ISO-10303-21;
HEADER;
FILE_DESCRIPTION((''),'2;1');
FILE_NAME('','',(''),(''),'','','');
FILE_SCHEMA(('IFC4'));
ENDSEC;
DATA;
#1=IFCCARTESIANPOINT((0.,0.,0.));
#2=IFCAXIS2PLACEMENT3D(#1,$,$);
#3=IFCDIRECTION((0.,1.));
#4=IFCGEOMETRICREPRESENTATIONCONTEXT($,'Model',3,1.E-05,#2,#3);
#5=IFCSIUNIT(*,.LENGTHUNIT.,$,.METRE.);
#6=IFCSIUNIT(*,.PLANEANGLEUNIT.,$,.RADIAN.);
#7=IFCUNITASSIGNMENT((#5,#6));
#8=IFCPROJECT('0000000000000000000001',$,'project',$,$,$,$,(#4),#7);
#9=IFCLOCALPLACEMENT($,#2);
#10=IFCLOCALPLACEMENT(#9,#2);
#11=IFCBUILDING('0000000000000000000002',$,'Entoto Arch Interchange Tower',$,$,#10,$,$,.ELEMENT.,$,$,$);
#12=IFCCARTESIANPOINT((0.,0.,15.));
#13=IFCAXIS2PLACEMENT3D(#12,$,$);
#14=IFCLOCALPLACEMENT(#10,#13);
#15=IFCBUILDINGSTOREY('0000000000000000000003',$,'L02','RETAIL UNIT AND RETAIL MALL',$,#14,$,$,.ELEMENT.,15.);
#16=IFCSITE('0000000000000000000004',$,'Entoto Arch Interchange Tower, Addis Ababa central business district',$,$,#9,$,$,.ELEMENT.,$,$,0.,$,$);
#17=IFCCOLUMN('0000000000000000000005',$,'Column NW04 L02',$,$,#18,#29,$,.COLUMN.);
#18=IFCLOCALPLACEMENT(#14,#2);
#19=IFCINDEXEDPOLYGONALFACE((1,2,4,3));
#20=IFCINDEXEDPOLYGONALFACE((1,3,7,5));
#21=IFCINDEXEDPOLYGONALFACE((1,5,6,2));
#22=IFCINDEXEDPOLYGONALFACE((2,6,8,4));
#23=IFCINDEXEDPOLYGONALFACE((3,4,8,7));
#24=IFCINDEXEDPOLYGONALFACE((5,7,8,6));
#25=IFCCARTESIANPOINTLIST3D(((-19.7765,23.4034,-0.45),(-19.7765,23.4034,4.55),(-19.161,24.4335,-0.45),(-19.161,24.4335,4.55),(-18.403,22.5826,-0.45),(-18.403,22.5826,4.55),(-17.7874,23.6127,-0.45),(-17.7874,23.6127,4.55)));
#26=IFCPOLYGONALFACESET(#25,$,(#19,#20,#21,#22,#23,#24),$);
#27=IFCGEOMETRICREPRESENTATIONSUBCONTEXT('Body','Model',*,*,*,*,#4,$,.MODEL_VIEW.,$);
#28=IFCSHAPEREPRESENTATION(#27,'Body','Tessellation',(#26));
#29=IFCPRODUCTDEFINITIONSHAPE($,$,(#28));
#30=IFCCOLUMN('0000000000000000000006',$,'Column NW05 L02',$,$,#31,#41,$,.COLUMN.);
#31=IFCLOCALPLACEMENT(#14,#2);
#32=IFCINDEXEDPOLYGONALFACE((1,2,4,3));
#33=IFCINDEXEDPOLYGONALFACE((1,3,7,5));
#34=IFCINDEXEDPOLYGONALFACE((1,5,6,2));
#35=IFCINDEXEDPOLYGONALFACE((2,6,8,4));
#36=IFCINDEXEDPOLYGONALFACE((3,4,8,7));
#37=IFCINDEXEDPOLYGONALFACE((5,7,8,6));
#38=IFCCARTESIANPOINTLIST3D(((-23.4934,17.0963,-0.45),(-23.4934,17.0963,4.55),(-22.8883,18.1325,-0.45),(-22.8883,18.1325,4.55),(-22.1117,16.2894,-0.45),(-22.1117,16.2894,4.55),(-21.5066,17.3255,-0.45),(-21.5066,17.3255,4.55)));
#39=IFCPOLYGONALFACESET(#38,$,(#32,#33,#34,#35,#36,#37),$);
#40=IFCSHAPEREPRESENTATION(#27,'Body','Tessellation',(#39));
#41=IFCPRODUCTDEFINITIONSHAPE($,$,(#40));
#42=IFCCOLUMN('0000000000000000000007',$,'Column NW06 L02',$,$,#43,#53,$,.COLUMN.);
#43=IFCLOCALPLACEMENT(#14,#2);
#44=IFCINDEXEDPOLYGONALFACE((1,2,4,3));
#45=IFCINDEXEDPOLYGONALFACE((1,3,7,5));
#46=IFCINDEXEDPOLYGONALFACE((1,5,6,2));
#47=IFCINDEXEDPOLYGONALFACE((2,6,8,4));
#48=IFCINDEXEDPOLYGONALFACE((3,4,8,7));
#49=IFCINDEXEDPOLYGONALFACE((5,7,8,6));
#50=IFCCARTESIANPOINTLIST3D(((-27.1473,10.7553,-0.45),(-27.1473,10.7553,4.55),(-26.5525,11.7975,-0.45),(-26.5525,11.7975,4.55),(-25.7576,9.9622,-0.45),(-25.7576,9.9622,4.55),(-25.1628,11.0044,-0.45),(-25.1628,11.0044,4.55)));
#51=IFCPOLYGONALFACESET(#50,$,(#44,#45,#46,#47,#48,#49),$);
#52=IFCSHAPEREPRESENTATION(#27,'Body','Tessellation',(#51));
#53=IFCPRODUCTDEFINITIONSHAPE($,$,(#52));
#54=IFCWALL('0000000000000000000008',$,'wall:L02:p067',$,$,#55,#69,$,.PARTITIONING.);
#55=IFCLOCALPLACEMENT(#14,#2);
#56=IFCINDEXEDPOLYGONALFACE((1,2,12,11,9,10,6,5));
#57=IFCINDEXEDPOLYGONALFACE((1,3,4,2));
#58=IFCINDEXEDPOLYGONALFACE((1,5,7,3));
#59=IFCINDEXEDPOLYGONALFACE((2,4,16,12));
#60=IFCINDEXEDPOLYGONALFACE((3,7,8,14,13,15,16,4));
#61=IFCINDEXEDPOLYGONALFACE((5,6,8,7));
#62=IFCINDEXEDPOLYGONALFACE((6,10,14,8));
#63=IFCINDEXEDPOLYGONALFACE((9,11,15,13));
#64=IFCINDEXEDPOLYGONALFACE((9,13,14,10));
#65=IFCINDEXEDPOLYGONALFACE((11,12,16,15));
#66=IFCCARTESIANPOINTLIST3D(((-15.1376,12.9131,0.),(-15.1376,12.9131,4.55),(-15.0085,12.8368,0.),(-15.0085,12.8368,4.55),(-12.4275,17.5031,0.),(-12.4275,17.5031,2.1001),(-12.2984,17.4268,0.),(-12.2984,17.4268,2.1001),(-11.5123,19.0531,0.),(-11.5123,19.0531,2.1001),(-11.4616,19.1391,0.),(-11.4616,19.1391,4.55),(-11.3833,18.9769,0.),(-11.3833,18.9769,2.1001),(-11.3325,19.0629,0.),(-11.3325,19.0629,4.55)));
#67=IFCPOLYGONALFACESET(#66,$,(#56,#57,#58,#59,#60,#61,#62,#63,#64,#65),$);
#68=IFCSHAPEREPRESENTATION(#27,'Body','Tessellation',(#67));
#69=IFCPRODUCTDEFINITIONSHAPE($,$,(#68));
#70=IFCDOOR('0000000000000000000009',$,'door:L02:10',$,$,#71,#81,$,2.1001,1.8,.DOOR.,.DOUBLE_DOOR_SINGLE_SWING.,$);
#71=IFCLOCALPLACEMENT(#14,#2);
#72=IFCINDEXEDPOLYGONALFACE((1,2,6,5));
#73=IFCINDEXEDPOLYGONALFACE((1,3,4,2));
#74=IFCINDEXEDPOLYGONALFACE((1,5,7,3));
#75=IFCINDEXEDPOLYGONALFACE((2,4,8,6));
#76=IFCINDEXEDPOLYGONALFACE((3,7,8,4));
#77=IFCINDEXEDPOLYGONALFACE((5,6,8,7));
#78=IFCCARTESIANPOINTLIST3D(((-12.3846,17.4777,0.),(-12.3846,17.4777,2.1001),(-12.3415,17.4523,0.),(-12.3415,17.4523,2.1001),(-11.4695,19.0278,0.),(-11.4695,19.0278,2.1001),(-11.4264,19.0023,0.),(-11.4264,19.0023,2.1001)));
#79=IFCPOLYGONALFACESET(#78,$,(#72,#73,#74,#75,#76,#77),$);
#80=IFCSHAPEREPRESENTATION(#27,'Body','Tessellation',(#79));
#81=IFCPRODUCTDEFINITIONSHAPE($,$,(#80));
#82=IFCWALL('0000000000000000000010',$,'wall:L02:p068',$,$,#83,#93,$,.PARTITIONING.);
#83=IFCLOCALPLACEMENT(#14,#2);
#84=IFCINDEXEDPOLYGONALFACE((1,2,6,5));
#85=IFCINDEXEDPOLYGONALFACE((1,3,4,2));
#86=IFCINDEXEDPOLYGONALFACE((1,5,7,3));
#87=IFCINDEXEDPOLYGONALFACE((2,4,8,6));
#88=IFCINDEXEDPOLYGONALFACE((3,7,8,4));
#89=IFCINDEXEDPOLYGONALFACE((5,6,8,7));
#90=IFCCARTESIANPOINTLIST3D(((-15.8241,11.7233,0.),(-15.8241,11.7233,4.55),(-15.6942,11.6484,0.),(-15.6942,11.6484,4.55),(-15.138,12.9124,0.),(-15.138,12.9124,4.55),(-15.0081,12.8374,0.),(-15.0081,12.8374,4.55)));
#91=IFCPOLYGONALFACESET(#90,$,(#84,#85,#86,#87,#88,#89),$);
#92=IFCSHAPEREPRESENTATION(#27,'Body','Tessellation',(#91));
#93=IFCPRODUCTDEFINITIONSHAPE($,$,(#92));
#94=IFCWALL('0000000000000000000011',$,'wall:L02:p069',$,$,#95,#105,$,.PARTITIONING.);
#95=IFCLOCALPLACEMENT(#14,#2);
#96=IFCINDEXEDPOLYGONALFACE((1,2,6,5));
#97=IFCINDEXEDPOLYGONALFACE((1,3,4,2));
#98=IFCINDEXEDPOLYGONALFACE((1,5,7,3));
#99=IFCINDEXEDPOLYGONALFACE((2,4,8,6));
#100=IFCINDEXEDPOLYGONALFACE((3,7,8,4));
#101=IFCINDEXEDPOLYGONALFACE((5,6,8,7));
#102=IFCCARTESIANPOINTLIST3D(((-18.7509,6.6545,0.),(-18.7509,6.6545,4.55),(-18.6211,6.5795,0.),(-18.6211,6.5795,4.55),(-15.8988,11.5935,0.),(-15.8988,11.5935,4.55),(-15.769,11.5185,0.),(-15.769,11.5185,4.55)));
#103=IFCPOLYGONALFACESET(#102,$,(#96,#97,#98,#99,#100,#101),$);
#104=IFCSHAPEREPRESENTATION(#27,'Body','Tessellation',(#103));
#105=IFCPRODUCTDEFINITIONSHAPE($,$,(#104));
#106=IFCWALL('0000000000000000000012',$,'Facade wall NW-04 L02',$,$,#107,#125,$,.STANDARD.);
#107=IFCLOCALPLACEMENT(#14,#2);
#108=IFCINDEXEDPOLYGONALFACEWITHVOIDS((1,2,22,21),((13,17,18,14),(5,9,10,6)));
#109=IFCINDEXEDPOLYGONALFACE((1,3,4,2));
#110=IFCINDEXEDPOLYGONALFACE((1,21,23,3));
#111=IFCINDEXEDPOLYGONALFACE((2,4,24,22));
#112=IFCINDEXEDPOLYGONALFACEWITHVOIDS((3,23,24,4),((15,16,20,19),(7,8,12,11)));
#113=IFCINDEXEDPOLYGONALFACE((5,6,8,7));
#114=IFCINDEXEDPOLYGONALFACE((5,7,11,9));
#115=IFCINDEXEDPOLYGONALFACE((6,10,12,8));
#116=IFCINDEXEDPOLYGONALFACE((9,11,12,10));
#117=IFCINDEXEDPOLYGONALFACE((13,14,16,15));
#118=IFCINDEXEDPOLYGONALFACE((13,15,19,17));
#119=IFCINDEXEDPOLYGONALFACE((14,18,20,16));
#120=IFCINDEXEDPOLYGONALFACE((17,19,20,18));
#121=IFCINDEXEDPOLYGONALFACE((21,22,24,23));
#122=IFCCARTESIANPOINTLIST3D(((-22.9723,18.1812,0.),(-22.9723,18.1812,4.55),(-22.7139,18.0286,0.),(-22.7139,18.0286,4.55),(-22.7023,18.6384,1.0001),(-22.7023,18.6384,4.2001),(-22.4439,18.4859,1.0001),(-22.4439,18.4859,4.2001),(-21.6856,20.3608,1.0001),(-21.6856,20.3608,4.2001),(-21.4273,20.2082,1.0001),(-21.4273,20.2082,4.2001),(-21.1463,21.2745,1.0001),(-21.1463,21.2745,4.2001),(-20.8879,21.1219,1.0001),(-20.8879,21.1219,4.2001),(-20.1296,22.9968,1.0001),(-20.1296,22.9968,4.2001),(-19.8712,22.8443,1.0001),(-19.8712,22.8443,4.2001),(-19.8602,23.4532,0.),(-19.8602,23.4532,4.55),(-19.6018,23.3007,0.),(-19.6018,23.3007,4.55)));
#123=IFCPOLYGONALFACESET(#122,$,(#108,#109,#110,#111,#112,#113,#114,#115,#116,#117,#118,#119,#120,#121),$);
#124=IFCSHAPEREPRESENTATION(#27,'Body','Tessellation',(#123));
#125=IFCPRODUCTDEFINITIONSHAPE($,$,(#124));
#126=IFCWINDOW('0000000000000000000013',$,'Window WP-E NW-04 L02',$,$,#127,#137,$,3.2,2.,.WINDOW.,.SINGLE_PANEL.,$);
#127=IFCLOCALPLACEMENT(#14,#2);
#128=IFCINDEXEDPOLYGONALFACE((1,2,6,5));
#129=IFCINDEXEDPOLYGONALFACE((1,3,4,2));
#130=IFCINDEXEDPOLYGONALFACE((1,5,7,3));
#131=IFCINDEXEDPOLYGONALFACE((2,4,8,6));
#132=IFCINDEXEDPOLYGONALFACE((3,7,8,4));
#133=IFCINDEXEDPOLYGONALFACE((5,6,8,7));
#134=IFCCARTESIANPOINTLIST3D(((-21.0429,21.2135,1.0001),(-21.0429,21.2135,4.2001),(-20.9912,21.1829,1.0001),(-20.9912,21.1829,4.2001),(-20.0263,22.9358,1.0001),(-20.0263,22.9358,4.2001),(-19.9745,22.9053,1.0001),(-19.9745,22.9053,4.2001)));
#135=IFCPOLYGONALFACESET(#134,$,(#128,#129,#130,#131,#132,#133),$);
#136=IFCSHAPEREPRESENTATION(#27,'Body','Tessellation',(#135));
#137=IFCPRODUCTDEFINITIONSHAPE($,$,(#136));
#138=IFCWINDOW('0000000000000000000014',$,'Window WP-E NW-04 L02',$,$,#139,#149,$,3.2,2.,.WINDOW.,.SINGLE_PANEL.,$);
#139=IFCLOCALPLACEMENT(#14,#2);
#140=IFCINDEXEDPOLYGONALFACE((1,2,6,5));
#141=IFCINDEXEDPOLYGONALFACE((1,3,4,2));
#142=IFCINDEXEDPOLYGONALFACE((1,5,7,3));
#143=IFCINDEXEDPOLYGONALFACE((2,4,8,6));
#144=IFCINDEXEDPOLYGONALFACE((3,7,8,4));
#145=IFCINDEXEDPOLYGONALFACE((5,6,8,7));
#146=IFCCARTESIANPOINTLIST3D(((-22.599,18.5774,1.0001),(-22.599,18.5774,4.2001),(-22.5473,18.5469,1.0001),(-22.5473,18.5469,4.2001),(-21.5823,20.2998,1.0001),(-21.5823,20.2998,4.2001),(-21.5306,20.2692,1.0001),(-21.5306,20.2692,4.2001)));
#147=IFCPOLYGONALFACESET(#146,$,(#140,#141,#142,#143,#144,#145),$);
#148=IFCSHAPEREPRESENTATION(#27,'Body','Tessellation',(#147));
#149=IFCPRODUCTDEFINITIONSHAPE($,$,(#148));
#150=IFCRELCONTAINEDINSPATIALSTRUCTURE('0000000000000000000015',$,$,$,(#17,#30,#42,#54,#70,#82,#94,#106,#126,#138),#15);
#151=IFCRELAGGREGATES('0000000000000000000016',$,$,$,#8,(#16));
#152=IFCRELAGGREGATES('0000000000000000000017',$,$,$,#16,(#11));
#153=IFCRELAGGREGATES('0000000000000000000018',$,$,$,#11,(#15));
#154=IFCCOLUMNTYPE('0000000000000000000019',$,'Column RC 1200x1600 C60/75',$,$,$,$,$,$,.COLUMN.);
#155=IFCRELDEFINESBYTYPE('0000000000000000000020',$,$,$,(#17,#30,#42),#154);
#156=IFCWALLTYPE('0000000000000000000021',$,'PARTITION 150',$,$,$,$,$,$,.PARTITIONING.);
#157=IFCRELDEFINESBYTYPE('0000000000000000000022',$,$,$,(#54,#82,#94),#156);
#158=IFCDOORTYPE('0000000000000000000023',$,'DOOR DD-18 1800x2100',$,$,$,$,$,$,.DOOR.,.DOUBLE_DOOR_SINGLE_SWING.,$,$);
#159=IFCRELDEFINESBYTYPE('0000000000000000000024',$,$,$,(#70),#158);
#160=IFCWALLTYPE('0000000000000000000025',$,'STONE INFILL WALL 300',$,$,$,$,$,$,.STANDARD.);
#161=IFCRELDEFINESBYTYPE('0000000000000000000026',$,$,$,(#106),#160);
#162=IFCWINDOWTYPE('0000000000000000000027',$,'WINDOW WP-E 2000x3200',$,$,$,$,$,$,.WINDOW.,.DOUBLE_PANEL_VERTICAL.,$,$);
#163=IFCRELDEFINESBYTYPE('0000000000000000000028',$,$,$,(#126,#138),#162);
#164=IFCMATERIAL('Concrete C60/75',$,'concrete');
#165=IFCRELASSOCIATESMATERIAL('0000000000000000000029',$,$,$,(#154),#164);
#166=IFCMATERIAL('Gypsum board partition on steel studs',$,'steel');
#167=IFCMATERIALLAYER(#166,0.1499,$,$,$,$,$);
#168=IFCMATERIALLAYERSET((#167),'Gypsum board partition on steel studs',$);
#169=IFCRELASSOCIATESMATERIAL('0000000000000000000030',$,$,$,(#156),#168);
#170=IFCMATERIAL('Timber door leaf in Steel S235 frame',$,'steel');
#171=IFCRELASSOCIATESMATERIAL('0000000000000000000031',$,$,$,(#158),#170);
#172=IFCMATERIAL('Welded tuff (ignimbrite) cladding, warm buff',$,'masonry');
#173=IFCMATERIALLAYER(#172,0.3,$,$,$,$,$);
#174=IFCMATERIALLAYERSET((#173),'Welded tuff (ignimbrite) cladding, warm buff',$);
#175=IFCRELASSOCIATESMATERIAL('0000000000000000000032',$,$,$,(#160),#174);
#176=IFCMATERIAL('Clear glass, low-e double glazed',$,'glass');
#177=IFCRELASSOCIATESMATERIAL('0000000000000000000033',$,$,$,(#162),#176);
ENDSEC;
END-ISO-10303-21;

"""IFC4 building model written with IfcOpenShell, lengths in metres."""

from ifc_helpers import new_model, si_unit, direction, frame, frame_2d, origin, origin_2d, place, context, subcontext, project, spatial, rectangle, extrude, material, layer, layer_set, material_profile, profile_set, type_object, element, fill, save


model = new_model("IFC4")

# Units and contexts
model_context = context("Model", 3, precision=1e-05, world=origin(), true_north=direction((0.0, 1.0)))
body_context = subcontext(model_context, "Body", "Model", "MODEL_VIEW")
ifc_project = project(units=[si_unit("LENGTHUNIT", "METRE"), si_unit("PLANEANGLEUNIT", "RADIAN")], contexts=[model_context])

# Site, building, storey
site_placement = place(None, origin())
site = spatial("IfcSite", under=ifc_project, at=site_placement, Name="Entoto Arch Interchange Tower, Addis Ababa central business district", CompositionType="ELEMENT", RefElevation=0.0)
building_placement = place(site_placement, origin())
building = spatial("IfcBuilding", under=site, at=building_placement, Name="Entoto Arch Interchange Tower", CompositionType="ELEMENT")
storey_placement = place(building_placement, frame((0.0, 0.0, 15.0)))
storey = spatial("IfcBuildingStorey", under=building, at=storey_placement, Name="L02", Description="RETAIL UNIT AND RETAIL MALL", CompositionType="ELEMENT", Elevation=15.0)

# Columns
ifc_material_1 = material(Name="Concrete C60/75", Category="concrete")
ifc_material_profile = material_profile(ifc_material_1, rectangle(XDim=1.2, YDim=1.6001, at=origin_2d()))
ifc_profile_set = profile_set([ifc_material_profile], Name="Concrete C60/75")
column_type = type_object("IfcColumnType", Name="Column RC 1200x1600 C60/75", PredefinedType="COLUMN", material=ifc_profile_set)
for number, where, z_axis, x_axis, name in (
    (1, (-18.782, 23.5081, -0.45), (0.0, 0.0, 1.0), (0.512972, 0.858405, 0.0), "Column NW04 L02"),
    (2, (-22.5, 17.2109, -0.45), (0.0, 0.0, 1.0), (0.504332, 0.86351, 0.0), "Column NW05 L02"),
    (3, (-26.155, 10.8799, -0.45), (0.0, 0.0, 1.0), (0.495656, 0.868519, 0.0), "Column NW06 L02"),
):
    element("IfcColumn", number, at=place(storey_placement, frame(where, z_axis=z_axis, x_axis=x_axis)), inside=storey, type_object=column_type, Name=name, PredefinedType="COLUMN", context=body_context, shape_type="SweptSolid", body=[
        extrude(rectangle(XDim=1.2, YDim=1.6001, at=origin_2d()), origin(), (0.0, 0.0, 1.0), 5.0),
    ])

# Wall, opening, door
ifc_material_2 = material(Name="Gypsum board partition on steel studs", Category="steel")
ifc_layer_1 = layer(ifc_material_2, 0.1499)
ifc_layer_set_1 = layer_set([ifc_layer_1], Name="Gypsum board partition on steel studs")
wall_type_1 = type_object("IfcWallType", Name="PARTITION 150", PredefinedType="PARTITIONING", material=ifc_layer_set_1)
wall_1_placement = place(storey_placement, frame((-11.397, 19.1011, 0.0), z_axis=(0.0, 0.0, 1.0), x_axis=(-0.50842, -0.861109, 0.0)))
wall_1 = element("IfcWall", 4, at=wall_1_placement, inside=storey, type_object=wall_type_1, Name="wall:L02:p067", PredefinedType="PARTITIONING", context=body_context, shape_type="SweptSolid", body=[
    extrude(rectangle(XDim=7.2302, YDim=0.1499, at=frame_2d((3.6152, 0.0))), origin(), (0.0, 0.0, 1.0), 4.55),
])
opening_1_placement = place(wall_1_placement, frame((0.1001, 0.0, 0.0)))
opening_1 = element("IfcOpeningElement", 5, at=opening_1_placement, cuts=wall_1, PredefinedType="OPENING", context=body_context, shape_type="SweptSolid", body=[
    extrude(rectangle(XDim=1.8, YDim=2.1001, at=frame_2d((0.8999, 1.05))), frame((0.0, 0.085, 0.0), z_axis=(0.0, -1.0, 0.0), x_axis=(1.0, 0.0, 0.0)), (0.0, 0.0, 1.0), 0.1699),
])
ifc_material_3 = material(Name="Timber door leaf in Steel S235 frame", Category="steel")
door_type = type_object("IfcDoorType", Name="DOOR DD-18 1800x2100", OperationType="DOUBLE_DOOR_SINGLE_SWING", PredefinedType="DOOR", material=ifc_material_3)
door_placement = place(opening_1_placement, origin())
door = element("IfcDoor", 6, at=door_placement, inside=storey, type_object=door_type, Name="door:L02:10", OperationType="DOUBLE_DOOR_SINGLE_SWING", OverallHeight=2.1001, OverallWidth=1.8, PredefinedType="DOOR", context=body_context, shape_type="SweptSolid", body=[
    extrude(rectangle(XDim=1.8, YDim=2.1001, at=frame_2d((0.8999, 1.05))), frame((0.0, 0.0249, 0.0), z_axis=(0.0, -1.0, 0.0), x_axis=(1.0, 0.0, 0.0)), (0.0, 0.0, 1.0), 0.05),
])
fill(opening_1, door)

# Walls
wall_2_placement = place(storey_placement, frame((-15.073, 12.875, 0.0), z_axis=(0.0, 0.0, 1.0), x_axis=(-0.499774, -0.866156, 0.0)))
element("IfcWall", 7, at=wall_2_placement, inside=storey, type_object=wall_type_1, Name="wall:L02:p068", PredefinedType="PARTITIONING", context=body_context, shape_type="SweptSolid", body=[
    extrude(rectangle(XDim=1.3728, YDim=0.1499, at=frame_2d((0.6865, 0.0))), origin(), (0.0, 0.0, 1.0), 4.55),
])
wall_3_placement = place(storey_placement, frame((-15.834, 11.5559, 0.0), z_axis=(0.0, 0.0, 1.0), x_axis=(-0.500071, -0.865985, 0.0)))
element("IfcWall", 8, at=wall_3_placement, inside=storey, type_object=wall_type_1, Name="wall:L02:p069", PredefinedType="PARTITIONING", context=body_context, shape_type="SweptSolid", body=[
    extrude(rectangle(XDim=5.7034, YDim=0.1499, at=frame_2d((2.8516, 0.0))), origin(), (0.0, 0.0, 1.0), 4.55),
])

# Wall, openings, windows
ifc_material_4 = material(Name="Welded tuff (ignimbrite) cladding, warm buff", Category="masonry")
ifc_layer_2 = layer(ifc_material_4, 0.3)
ifc_layer_set_2 = layer_set([ifc_layer_2], Name="Welded tuff (ignimbrite) cladding, warm buff")
wall_type_2 = type_object("IfcWallType", Name="STONE INFILL WALL 300", PredefinedType="STANDARD", material=ifc_layer_set_2)
wall_4_placement = place(storey_placement, frame((-19.731, 23.377, 0.0), z_axis=(0.0, 0.0, 1.0), x_axis=(-0.508342, -0.861155, 0.0)))
wall_4 = element("IfcWall", 9, at=wall_4_placement, inside=storey, type_object=wall_type_2, Name="Facade wall NW-04 L02", PredefinedType="STANDARD", context=body_context, shape_type="SweptSolid", body=[
    extrude(rectangle(XDim=6.1221, YDim=0.3, at=frame_2d((3.061, 0.0))), origin(), (0.0, 0.0, 1.0), 4.55),
])
opening_2_placement = place(wall_4_placement, frame((0.53, 0.0, 1.0)))
opening_2 = element("IfcOpeningElement", 10, at=opening_2_placement, cuts=wall_4, PredefinedType="OPENING", context=body_context, shape_type="SweptSolid", body=[
    extrude(rectangle(XDim=2.0, YDim=3.2, at=frame_2d((1.0, 1.6001))), frame((0.0, 0.1602, 0.0), z_axis=(0.0, -1.0, 0.0), x_axis=(1.0, 0.0, 0.0)), (0.0, 0.0, 1.0), 0.3201),
])
opening_3_placement = place(wall_4_placement, frame((3.5911, 0.0, 1.0)))
opening_3 = element("IfcOpeningElement", 11, at=opening_3_placement, cuts=wall_4, PredefinedType="OPENING", context=body_context, shape_type="SweptSolid", body=[
    extrude(rectangle(XDim=2.0, YDim=3.2, at=frame_2d((1.0, 1.6001))), frame((0.0, 0.1602, 0.0), z_axis=(0.0, -1.0, 0.0), x_axis=(1.0, 0.0, 0.0)), (0.0, 0.0, 1.0), 0.3201),
])
ifc_material_5 = material(Name="Clear glass, low-e double glazed", Category="glass")
window_type = type_object("IfcWindowType", Name="WINDOW WP-E 2000x3200", PartitioningType="DOUBLE_PANEL_VERTICAL", PredefinedType="WINDOW", material=ifc_material_5)
window_1_placement = place(opening_2_placement, origin())
window_1 = element("IfcWindow", 12, at=window_1_placement, inside=storey, type_object=window_type, Name="Window WP-E NW-04 L02", OverallHeight=3.2, OverallWidth=2.0, PartitioningType="SINGLE_PANEL", PredefinedType="WINDOW", context=body_context, shape_type="SweptSolid", body=[
    extrude(rectangle(XDim=2.0, YDim=3.2, at=frame_2d((1.0, 1.6001))), frame((0.0, 0.03, 0.0), z_axis=(0.0, -1.0, 0.0), x_axis=(1.0, 0.0, 0.0)), (0.0, 0.0, 1.0), 0.0601),
])
fill(opening_2, window_1)
window_2_placement = place(opening_3_placement, origin())
window_2 = element("IfcWindow", 13, at=window_2_placement, inside=storey, type_object=window_type, Name="Window WP-E NW-04 L02", OverallHeight=3.2, OverallWidth=2.0, PartitioningType="SINGLE_PANEL", PredefinedType="WINDOW", context=body_context, shape_type="SweptSolid", body=[
    extrude(rectangle(XDim=2.0, YDim=3.2, at=frame_2d((1.0, 1.6001))), frame((0.0, 0.03, 0.0), z_axis=(0.0, -1.0, 0.0), x_axis=(1.0, 0.0, 0.0)), (0.0, 0.0, 1.0), 0.0601),
])
fill(opening_3, window_2)

save(model, "model.ifc")
